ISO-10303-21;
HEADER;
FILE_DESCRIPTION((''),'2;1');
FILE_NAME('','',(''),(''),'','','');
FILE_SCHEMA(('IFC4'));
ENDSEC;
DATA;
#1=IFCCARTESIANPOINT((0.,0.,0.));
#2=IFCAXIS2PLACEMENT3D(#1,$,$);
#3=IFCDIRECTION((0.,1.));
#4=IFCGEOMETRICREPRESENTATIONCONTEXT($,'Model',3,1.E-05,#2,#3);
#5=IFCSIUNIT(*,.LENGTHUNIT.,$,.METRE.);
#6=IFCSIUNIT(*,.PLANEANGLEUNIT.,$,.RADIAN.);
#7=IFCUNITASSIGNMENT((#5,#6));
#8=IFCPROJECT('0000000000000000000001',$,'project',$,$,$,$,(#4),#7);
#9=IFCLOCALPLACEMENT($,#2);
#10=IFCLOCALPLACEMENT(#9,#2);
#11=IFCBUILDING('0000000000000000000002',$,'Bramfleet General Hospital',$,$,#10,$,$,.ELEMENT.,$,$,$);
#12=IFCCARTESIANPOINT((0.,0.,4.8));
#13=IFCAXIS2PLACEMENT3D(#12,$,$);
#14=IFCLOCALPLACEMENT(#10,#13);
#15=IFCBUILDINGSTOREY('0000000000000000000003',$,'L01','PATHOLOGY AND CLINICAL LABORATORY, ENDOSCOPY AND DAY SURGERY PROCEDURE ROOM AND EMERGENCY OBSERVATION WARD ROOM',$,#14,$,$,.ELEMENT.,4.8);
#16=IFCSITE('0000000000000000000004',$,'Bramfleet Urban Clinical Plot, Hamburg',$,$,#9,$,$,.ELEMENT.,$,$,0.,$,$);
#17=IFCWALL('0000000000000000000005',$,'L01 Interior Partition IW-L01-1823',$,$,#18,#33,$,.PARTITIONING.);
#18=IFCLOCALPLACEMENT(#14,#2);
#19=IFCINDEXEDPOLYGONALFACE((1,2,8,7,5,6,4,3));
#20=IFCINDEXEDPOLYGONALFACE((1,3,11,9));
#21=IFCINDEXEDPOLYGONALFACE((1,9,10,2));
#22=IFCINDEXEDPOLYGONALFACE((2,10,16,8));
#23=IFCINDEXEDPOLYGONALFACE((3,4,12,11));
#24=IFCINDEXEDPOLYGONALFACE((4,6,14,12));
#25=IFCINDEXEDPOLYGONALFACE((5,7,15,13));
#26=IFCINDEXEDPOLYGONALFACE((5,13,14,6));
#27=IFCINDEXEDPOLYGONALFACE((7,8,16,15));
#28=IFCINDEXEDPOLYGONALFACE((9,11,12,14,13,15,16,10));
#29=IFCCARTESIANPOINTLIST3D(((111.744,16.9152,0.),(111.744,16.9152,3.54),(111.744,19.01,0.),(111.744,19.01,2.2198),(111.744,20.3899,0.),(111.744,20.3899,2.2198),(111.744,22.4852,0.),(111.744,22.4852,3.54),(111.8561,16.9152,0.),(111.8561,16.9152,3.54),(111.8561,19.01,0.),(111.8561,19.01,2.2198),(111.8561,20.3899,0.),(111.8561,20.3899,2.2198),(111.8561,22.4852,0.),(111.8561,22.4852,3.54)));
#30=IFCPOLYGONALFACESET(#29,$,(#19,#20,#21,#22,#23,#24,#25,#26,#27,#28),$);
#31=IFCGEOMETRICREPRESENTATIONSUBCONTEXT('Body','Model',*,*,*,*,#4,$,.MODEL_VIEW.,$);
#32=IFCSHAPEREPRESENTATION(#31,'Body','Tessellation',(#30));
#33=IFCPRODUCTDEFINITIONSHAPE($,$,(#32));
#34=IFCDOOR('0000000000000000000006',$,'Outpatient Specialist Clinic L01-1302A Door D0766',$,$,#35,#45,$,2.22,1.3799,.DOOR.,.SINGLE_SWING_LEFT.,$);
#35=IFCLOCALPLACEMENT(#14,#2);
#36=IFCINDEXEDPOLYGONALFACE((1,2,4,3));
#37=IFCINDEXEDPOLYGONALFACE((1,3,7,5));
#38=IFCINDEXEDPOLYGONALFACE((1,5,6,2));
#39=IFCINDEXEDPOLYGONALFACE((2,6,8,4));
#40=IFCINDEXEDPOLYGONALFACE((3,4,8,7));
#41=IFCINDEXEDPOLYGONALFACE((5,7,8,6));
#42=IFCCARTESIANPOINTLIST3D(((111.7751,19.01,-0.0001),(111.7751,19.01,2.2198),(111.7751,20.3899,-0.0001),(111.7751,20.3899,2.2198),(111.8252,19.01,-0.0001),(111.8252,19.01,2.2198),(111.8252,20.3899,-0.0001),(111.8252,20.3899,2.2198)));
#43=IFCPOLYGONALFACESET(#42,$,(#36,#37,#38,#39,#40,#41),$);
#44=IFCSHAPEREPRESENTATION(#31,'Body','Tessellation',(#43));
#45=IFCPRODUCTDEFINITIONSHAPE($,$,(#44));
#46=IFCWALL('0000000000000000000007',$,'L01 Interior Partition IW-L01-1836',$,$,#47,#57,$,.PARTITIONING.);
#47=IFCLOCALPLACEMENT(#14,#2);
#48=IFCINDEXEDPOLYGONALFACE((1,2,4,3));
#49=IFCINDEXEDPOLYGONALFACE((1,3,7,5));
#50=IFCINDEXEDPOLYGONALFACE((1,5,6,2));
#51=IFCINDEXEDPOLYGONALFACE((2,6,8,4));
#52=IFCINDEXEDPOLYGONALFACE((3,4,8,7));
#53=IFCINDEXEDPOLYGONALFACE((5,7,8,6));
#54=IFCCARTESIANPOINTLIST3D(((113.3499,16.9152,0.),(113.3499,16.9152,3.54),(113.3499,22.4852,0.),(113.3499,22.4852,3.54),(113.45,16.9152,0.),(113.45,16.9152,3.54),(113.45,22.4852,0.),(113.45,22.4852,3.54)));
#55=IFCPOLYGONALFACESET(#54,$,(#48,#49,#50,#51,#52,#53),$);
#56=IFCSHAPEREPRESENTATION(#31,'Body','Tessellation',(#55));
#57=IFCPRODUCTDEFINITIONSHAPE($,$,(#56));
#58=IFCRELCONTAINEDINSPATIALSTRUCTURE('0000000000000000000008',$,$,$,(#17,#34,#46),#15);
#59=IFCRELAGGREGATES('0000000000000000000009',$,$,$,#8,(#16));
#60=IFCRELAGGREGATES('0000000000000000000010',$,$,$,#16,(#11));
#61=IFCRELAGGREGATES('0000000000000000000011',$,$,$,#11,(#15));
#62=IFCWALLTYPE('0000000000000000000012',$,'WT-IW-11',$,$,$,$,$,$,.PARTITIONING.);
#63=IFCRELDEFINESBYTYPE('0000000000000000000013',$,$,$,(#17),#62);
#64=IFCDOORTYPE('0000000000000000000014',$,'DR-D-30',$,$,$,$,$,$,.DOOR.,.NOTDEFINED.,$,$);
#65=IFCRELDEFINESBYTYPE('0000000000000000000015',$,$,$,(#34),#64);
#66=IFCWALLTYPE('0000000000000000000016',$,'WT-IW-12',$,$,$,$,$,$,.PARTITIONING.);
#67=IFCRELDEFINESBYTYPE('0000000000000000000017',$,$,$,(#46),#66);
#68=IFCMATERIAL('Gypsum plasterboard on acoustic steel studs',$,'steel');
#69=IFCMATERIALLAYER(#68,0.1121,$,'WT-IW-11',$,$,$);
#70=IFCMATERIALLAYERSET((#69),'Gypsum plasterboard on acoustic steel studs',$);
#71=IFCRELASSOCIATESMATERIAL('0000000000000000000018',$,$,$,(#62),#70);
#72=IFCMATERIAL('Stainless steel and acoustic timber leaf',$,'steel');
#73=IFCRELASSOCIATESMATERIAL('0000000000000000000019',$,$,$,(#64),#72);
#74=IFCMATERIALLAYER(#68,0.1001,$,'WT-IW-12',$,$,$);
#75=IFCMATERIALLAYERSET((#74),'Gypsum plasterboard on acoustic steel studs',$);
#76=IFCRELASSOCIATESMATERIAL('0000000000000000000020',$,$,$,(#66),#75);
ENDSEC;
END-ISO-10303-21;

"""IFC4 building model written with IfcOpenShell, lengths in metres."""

from ifc_helpers import new_model, si_unit, direction, frame, frame_2d, origin, place, context, subcontext, project, spatial, rectangle, extrude, material, layer, layer_set, type_object, element, fill, save


model = new_model("IFC4")

# Units and contexts
model_context = context("Model", 3, precision=1e-05, world=origin(), true_north=direction((0.0, 1.0)))
body_context = subcontext(model_context, "Body", "Model", "MODEL_VIEW")
ifc_project = project(units=[si_unit("LENGTHUNIT", "METRE"), si_unit("PLANEANGLEUNIT", "RADIAN")], contexts=[model_context])

# Site, building, storey
site_placement = place(None, origin())
site = spatial("IfcSite", under=ifc_project, at=site_placement, Name="Bramfleet Urban Clinical Plot, Hamburg", CompositionType="ELEMENT", RefElevation=0.0)
building_placement = place(site_placement, origin())
building = spatial("IfcBuilding", under=site, at=building_placement, Name="Bramfleet General Hospital", CompositionType="ELEMENT")
storey_placement = place(building_placement, frame((0.0, 0.0, 4.8)))
storey = spatial("IfcBuildingStorey", under=building, at=storey_placement, Name="L01", Description="PATHOLOGY AND CLINICAL LABORATORY, ENDOSCOPY AND DAY SURGERY PROCEDURE ROOM AND EMERGENCY OBSERVATION WARD ROOM", CompositionType="ELEMENT", Elevation=4.8)

# Shared definitions
ifc_material_1 = material(Name="Stainless steel and acoustic timber leaf", Category="steel")

# Shared definitions
ifc_material_2 = material(Name="Gypsum plasterboard on acoustic steel studs", Category="steel")

# Wall, opening, door
ifc_layer_1 = layer(ifc_material_2, 0.1121, Name="WT-IW-11")
ifc_layer_set_1 = layer_set([ifc_layer_1], Name="Gypsum plasterboard on acoustic steel studs")
wall_type_1 = type_object("IfcWallType", Name="WT-IW-11", PredefinedType="PARTITIONING", material=ifc_layer_set_1)
wall_1_placement = place(storey_placement, frame((111.8, 16.915, 0.0), z_axis=(0.0, 0.0, 1.0), x_axis=(0.0, 1.0, 0.0)))
wall_1 = element("IfcWall", 1, at=wall_1_placement, inside=storey, type_object=wall_type_1, Name="L01 Interior Partition IW-L01-1823", PredefinedType="PARTITIONING", context=body_context, shape_type="SweptSolid", body=[
    extrude(rectangle(XDim=5.5701, YDim=0.1121, at=frame_2d((2.7852, 0.0))), origin(), (0.0, 0.0, 1.0), 3.54),
])
opening_1_placement = place(wall_1_placement, frame((2.095, 0.0, 0.0)))
opening_1 = element("IfcOpeningElement", 2, at=opening_1_placement, cuts=wall_1, PredefinedType="OPENING", context=body_context, shape_type="SweptSolid", body=[
    extrude(rectangle(XDim=1.3799, YDim=2.22, at=frame_2d((0.6899, 1.1099))), frame((0.0, 0.0659, 0.0), z_axis=(0.0, -1.0, 0.0), x_axis=(1.0, 0.0, 0.0)), (0.0, 0.0, 1.0), 0.1321),
])
door_type_1 = type_object("IfcDoorType", Name="DR-D-30", OperationType="NOTDEFINED", PredefinedType="DOOR", material=ifc_material_1)
door_1_placement = place(opening_1_placement, origin())
door_1 = element("IfcDoor", 3, at=door_1_placement, inside=storey, type_object=door_type_1, Name="Outpatient Specialist Clinic L01-1302A Door D0766", OperationType="SINGLE_SWING_LEFT", OverallHeight=2.22, OverallWidth=1.3799, PredefinedType="DOOR", context=body_context, shape_type="SweptSolid", body=[
    extrude(rectangle(XDim=1.3799, YDim=2.22, at=frame_2d((0.6899, 1.1099))), frame((0.0, 0.0249, 0.0), z_axis=(0.0, -1.0, 0.0), x_axis=(1.0, 0.0, 0.0)), (0.0, 0.0, 1.0), 0.05),
])
fill(opening_1, door_1)

# Wall
ifc_layer_2 = layer(ifc_material_2, 0.1001, Name="WT-IW-12")
ifc_layer_set_2 = layer_set([ifc_layer_2], Name="Gypsum plasterboard on acoustic steel studs")
wall_type_2 = type_object("IfcWallType", Name="WT-IW-12", PredefinedType="PARTITIONING", material=ifc_layer_set_2)
wall_2_placement = place(storey_placement, frame((113.3999, 16.915, 0.0), z_axis=(0.0, 0.0, 1.0), x_axis=(0.0, 1.0, 0.0)))
element("IfcWall", 4, at=wall_2_placement, inside=storey, type_object=wall_type_2, Name="L01 Interior Partition IW-L01-1836", PredefinedType="PARTITIONING", context=body_context, shape_type="SweptSolid", body=[
    extrude(rectangle(XDim=5.5701, YDim=0.1001, at=frame_2d((2.7852, 0.0))), origin(), (0.0, 0.0, 1.0), 3.54),
])

save(model, "model.ifc")
